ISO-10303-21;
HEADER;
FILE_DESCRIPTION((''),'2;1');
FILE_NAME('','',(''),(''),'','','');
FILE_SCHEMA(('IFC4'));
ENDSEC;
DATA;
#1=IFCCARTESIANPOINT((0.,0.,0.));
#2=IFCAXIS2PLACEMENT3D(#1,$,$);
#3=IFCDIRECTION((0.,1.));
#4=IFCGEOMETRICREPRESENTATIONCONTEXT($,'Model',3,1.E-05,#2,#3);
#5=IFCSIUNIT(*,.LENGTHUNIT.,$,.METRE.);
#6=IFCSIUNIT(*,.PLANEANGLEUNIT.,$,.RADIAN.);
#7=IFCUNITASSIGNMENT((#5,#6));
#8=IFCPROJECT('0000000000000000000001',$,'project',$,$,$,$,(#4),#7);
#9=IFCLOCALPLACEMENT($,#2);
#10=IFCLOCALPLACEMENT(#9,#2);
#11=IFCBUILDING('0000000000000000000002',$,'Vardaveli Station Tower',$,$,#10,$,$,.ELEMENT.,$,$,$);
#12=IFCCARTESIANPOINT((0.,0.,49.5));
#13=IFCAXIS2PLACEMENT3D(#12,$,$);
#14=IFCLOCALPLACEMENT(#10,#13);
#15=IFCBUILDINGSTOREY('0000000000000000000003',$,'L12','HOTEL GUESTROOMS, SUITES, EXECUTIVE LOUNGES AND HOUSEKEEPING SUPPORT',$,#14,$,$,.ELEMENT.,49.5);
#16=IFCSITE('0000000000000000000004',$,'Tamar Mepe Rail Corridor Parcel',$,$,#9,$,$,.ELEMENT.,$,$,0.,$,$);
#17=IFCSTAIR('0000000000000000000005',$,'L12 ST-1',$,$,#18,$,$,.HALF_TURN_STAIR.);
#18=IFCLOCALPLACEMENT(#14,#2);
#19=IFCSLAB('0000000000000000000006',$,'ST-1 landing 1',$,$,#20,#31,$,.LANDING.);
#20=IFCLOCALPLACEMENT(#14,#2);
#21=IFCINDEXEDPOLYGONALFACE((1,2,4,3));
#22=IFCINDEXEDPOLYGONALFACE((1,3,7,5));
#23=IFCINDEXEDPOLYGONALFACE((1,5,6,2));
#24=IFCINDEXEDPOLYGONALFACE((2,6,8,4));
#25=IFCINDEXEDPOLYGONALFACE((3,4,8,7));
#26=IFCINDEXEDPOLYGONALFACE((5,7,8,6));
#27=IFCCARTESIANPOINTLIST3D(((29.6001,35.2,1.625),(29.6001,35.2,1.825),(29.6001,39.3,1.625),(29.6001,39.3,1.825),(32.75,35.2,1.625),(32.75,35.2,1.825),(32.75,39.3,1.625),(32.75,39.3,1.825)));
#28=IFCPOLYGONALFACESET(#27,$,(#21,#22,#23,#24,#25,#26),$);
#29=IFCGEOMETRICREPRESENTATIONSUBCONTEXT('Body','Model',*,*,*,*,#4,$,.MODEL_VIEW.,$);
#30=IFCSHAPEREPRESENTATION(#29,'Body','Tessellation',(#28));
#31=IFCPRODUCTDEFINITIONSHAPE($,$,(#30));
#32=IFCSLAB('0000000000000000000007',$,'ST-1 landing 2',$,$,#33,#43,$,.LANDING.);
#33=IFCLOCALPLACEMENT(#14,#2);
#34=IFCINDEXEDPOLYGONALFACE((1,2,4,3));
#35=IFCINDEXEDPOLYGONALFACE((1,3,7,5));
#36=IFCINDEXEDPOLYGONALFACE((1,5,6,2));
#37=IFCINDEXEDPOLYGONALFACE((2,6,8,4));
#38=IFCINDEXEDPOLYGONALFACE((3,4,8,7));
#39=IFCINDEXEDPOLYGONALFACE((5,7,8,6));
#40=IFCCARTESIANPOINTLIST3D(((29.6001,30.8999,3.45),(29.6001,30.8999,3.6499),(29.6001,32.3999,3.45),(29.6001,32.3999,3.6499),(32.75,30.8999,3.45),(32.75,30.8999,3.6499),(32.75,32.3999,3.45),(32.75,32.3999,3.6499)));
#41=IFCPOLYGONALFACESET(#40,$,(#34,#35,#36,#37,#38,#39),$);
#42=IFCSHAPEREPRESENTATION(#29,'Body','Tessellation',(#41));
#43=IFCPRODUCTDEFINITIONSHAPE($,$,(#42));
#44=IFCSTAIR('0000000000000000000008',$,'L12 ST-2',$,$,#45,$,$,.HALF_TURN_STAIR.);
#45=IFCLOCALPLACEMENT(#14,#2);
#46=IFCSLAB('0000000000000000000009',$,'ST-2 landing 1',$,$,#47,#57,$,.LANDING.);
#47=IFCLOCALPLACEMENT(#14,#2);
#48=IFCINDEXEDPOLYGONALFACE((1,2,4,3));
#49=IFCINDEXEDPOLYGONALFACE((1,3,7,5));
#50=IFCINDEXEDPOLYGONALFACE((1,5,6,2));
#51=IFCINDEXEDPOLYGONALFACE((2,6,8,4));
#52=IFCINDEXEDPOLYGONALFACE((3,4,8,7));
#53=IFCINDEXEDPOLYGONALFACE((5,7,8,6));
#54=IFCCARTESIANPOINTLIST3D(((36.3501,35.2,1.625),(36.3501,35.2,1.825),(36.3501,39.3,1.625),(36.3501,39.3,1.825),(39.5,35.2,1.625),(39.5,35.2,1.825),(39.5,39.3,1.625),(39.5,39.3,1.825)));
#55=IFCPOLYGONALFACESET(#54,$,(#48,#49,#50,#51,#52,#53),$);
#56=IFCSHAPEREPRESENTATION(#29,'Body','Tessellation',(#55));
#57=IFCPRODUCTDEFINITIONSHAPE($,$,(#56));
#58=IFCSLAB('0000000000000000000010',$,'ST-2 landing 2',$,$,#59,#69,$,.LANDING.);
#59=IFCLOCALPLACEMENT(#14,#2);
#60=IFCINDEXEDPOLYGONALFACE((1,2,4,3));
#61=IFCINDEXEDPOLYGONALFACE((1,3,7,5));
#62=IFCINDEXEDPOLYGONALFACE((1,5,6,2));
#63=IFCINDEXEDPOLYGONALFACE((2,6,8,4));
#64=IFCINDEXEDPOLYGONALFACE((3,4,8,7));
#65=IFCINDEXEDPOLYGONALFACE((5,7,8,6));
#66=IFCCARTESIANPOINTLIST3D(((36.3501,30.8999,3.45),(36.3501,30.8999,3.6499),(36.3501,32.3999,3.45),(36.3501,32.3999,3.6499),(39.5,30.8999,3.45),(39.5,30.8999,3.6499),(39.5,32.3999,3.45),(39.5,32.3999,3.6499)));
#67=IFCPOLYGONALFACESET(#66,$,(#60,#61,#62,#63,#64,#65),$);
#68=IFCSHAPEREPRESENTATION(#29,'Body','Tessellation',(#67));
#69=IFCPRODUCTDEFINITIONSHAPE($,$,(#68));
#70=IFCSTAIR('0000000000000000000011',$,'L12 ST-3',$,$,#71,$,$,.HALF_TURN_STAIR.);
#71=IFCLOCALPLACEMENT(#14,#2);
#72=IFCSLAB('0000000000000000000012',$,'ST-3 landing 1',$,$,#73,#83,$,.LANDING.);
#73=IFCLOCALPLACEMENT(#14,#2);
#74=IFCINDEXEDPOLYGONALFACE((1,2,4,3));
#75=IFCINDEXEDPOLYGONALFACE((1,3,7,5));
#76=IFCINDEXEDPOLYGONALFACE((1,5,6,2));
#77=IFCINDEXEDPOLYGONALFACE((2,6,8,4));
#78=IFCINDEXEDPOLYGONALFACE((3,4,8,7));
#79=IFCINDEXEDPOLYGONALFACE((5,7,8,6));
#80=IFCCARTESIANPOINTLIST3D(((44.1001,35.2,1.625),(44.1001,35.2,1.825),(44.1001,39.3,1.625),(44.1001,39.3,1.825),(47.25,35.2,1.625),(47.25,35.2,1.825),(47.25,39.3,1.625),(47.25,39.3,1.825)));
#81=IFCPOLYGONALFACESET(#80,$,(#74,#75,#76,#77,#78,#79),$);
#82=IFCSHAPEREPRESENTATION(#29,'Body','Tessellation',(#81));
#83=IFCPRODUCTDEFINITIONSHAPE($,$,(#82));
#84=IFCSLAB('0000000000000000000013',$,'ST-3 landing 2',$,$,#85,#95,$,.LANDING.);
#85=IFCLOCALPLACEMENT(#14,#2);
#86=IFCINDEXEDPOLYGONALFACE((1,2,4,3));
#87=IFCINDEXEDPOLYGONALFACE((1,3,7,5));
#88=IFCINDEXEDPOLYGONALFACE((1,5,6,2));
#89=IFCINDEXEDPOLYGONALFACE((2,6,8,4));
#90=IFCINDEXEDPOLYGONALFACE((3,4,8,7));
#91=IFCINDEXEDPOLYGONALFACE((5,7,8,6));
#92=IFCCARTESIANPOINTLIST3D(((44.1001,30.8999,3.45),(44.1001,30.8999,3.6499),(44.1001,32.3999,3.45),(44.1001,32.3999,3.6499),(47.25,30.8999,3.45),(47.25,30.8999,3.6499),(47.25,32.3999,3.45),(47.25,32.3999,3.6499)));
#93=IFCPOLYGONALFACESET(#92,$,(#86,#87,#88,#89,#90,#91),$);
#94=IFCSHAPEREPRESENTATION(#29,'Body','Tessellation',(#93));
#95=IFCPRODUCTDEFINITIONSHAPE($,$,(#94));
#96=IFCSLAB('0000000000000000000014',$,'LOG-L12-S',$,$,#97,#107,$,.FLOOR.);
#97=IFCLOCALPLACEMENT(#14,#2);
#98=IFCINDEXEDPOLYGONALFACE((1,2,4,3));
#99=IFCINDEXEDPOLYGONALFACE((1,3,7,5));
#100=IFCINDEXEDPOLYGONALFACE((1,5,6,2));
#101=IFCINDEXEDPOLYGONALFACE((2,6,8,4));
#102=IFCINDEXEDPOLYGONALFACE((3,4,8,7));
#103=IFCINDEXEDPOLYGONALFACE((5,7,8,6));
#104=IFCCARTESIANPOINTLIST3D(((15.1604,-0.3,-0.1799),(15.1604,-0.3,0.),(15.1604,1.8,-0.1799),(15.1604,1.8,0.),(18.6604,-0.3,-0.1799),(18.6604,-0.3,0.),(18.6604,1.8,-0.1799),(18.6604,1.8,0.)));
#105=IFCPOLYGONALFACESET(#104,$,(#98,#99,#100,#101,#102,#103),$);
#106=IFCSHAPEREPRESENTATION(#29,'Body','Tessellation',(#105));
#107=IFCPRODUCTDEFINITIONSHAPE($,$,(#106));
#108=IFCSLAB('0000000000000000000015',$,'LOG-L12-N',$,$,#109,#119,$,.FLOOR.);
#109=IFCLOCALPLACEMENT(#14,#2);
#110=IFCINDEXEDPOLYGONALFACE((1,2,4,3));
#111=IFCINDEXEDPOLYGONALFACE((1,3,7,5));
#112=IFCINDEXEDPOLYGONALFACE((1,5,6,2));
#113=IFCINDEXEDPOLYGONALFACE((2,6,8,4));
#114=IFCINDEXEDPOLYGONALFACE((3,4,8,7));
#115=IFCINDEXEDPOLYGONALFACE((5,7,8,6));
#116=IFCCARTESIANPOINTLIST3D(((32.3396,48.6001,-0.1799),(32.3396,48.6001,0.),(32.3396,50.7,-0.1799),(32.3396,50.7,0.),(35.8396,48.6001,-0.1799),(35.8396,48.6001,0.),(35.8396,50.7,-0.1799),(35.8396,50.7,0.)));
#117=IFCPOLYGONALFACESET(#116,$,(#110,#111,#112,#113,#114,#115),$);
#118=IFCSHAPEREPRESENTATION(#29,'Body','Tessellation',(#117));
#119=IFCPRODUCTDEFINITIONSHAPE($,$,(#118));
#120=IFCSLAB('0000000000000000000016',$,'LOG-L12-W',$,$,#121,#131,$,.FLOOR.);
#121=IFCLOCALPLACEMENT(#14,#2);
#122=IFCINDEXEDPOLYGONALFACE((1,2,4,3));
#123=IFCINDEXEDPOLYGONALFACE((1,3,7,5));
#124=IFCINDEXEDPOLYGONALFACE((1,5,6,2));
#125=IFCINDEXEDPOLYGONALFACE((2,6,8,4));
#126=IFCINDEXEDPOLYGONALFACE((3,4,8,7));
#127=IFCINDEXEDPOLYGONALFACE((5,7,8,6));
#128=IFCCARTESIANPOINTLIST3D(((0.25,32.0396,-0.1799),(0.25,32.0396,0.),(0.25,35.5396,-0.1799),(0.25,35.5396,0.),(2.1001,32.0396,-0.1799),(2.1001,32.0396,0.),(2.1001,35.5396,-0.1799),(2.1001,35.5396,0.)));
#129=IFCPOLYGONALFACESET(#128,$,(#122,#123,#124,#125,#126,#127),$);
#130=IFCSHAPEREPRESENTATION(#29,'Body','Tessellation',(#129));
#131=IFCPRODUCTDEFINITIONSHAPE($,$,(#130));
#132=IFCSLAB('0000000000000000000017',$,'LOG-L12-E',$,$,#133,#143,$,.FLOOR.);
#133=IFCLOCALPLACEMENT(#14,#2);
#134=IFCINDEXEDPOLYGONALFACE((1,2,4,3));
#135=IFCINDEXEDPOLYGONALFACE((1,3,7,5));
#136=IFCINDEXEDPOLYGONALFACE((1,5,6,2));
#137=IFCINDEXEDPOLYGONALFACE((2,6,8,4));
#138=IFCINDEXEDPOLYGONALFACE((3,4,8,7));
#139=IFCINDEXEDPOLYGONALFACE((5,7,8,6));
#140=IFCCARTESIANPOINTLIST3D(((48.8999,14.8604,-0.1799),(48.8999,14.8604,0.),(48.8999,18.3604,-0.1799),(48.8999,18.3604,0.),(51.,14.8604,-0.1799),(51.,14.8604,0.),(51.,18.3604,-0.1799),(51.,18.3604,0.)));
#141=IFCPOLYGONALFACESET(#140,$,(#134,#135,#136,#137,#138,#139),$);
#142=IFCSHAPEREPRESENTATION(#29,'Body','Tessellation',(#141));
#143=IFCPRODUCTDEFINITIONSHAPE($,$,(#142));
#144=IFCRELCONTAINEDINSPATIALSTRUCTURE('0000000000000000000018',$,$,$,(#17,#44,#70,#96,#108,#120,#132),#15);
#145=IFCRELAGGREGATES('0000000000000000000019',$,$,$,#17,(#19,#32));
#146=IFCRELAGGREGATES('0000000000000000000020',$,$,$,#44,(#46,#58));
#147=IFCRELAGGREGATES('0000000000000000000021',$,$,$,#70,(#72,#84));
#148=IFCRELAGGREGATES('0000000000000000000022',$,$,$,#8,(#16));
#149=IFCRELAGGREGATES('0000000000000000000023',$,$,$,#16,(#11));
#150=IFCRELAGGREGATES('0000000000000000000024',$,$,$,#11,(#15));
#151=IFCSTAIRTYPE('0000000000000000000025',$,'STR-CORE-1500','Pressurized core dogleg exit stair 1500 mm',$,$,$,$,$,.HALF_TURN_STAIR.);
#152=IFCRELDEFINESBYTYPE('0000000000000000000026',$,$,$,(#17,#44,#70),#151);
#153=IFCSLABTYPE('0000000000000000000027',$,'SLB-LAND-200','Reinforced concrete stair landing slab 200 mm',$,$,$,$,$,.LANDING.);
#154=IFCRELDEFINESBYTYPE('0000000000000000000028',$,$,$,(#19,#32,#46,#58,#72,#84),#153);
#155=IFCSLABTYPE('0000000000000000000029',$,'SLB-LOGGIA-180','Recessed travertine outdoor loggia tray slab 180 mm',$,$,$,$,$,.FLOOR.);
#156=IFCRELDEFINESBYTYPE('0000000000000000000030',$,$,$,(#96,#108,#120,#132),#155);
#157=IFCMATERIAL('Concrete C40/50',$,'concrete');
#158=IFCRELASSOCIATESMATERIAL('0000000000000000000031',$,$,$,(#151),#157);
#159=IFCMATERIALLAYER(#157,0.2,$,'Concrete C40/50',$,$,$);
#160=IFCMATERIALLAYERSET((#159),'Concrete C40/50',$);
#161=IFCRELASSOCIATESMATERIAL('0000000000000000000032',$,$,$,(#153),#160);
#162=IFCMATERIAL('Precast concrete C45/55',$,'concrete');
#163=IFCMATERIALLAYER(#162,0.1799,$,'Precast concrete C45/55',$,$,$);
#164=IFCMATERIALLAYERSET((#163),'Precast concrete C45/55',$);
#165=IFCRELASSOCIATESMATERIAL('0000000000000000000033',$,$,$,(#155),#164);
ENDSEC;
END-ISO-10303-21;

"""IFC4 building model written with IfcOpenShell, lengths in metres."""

from ifc_helpers import new_model, si_unit, direction, frame, origin, place, context, subcontext, project, spatial, polyline, outline, extrude, material, layer, layer_set, type_object, element, aggregate, save


model = new_model("IFC4")

# Units and contexts
model_context = context("Model", 3, precision=1e-05, world=origin(), true_north=direction((0.0, 1.0)))
body_context = subcontext(model_context, "Body", "Model", "MODEL_VIEW")
ifc_project = project(units=[si_unit("LENGTHUNIT", "METRE"), si_unit("PLANEANGLEUNIT", "RADIAN")], contexts=[model_context])

# Site, building, storey
site_placement = place(None, origin())
site = spatial("IfcSite", under=ifc_project, at=site_placement, Name="Tamar Mepe Rail Corridor Parcel", CompositionType="ELEMENT", RefElevation=0.0)
building_placement = place(site_placement, origin())
building = spatial("IfcBuilding", under=site, at=building_placement, Name="Vardaveli Station Tower", CompositionType="ELEMENT")
storey_placement = place(building_placement, frame((0.0, 0.0, 49.5)))
storey = spatial("IfcBuildingStorey", under=building, at=storey_placement, Name="L12", Description="HOTEL GUESTROOMS, SUITES, EXECUTIVE LOUNGES AND HOUSEKEEPING SUPPORT", CompositionType="ELEMENT", Elevation=49.5)

# Stairs, slabs
ifc_material_1 = material(Name="Concrete C40/50", Category="concrete")
stair_type = type_object("IfcStairType", Name="STR-CORE-1500", Description="Pressurized core dogleg exit stair 1500 mm", PredefinedType="HALF_TURN_STAIR", material=ifc_material_1)
stair_1_placement = place(storey_placement, origin())
stair_1 = element("IfcStair", 1, at=stair_1_placement, inside=storey, type_object=stair_type, Name="L12 ST-1", PredefinedType="HALF_TURN_STAIR")
ifc_layer_1 = layer(ifc_material_1, 0.2, Name="Concrete C40/50")
ifc_layer_set_1 = layer_set([ifc_layer_1], Name="Concrete C40/50")
slab_type_1 = type_object("IfcSlabType", Name="SLB-LAND-200", Description="Reinforced concrete stair landing slab 200 mm", PredefinedType="LANDING", material=ifc_layer_set_1)
slab_1_placement = place(storey_placement, frame((0.0, 0.0, 1.625)))
slab_1 = element("IfcSlab", 2, at=slab_1_placement, type_object=slab_type_1, Name="ST-1 landing 1", PredefinedType="LANDING", context=body_context, shape_type="SweptSolid", body=[
    extrude(outline(polyline([(32.75, 35.2), (32.75, 39.3), (29.6001, 39.3), (29.6001, 35.2), (32.75, 35.2)])), origin(), (0.0, 0.0, 1.0), 0.2),
])
slab_2_placement = place(storey_placement, frame((0.0, 0.0, 3.45)))
slab_2 = element("IfcSlab", 3, at=slab_2_placement, type_object=slab_type_1, Name="ST-1 landing 2", PredefinedType="LANDING", context=body_context, shape_type="SweptSolid", body=[
    extrude(outline(polyline([(32.75, 30.8999), (32.75, 32.3999), (29.6001, 32.3999), (29.6001, 30.8999), (32.75, 30.8999)])), origin(), (0.0, 0.0, 1.0), 0.2),
])
aggregate(stair_1, [slab_1, slab_2])
stair_2_placement = place(storey_placement, origin())
stair_2 = element("IfcStair", 4, at=stair_2_placement, inside=storey, type_object=stair_type, Name="L12 ST-2", PredefinedType="HALF_TURN_STAIR")
slab_3_placement = place(storey_placement, frame((0.0, 0.0, 1.625)))
slab_3 = element("IfcSlab", 5, at=slab_3_placement, type_object=slab_type_1, Name="ST-2 landing 1", PredefinedType="LANDING", context=body_context, shape_type="SweptSolid", body=[
    extrude(outline(polyline([(39.5, 35.2), (39.5, 39.3), (36.3501, 39.3), (36.3501, 35.2), (39.5, 35.2)])), origin(), (0.0, 0.0, 1.0), 0.2),
])
slab_4_placement = place(storey_placement, frame((0.0, 0.0, 3.45)))
slab_4 = element("IfcSlab", 6, at=slab_4_placement, type_object=slab_type_1, Name="ST-2 landing 2", PredefinedType="LANDING", context=body_context, shape_type="SweptSolid", body=[
    extrude(outline(polyline([(39.5, 30.8999), (39.5, 32.3999), (36.3501, 32.3999), (36.3501, 30.8999), (39.5, 30.8999)])), origin(), (0.0, 0.0, 1.0), 0.2),
])
aggregate(stair_2, [slab_3, slab_4])
stair_3_placement = place(storey_placement, origin())
stair_3 = element("IfcStair", 7, at=stair_3_placement, inside=storey, type_object=stair_type, Name="L12 ST-3", PredefinedType="HALF_TURN_STAIR")
slab_5_placement = place(storey_placement, frame((0.0, 0.0, 1.625)))
slab_5 = element("IfcSlab", 8, at=slab_5_placement, type_object=slab_type_1, Name="ST-3 landing 1", PredefinedType="LANDING", context=body_context, shape_type="SweptSolid", body=[
    extrude(outline(polyline([(47.25, 35.2), (47.25, 39.3), (44.1001, 39.3), (44.1001, 35.2), (47.25, 35.2)])), origin(), (0.0, 0.0, 1.0), 0.2),
])
slab_6_placement = place(storey_placement, frame((0.0, 0.0, 3.45)))
slab_6 = element("IfcSlab", 9, at=slab_6_placement, type_object=slab_type_1, Name="ST-3 landing 2", PredefinedType="LANDING", context=body_context, shape_type="SweptSolid", body=[
    extrude(outline(polyline([(47.25, 30.8999), (47.25, 32.3999), (44.1001, 32.3999), (44.1001, 30.8999), (47.25, 30.8999)])), origin(), (0.0, 0.0, 1.0), 0.2),
])
aggregate(stair_3, [slab_5, slab_6])

# Slabs
ifc_material_2 = material(Name="Precast concrete C45/55", Category="concrete")
ifc_layer_2 = layer(ifc_material_2, 0.1799, Name="Precast concrete C45/55")
ifc_layer_set_2 = layer_set([ifc_layer_2], Name="Precast concrete C45/55")
slab_type_2 = type_object("IfcSlabType", Name="SLB-LOGGIA-180", Description="Recessed travertine outdoor loggia tray slab 180 mm", PredefinedType="FLOOR", material=ifc_layer_set_2)
slab_7_placement = place(storey_placement, frame((0.0, 0.0, -0.1799)))
element("IfcSlab", 10, at=slab_7_placement, inside=storey, type_object=slab_type_2, Name="LOG-L12-S", PredefinedType="FLOOR", context=body_context, shape_type="SweptSolid", body=[
    extrude(outline(polyline([(15.1604, -0.3), (18.6604, -0.3), (18.6604, 1.8), (15.1604, 1.8), (15.1604, -0.3)])), origin(), (0.0, 0.0, 1.0), 0.1799),
])
slab_8_placement = place(storey_placement, frame((0.0, 0.0, -0.1799)))
element("IfcSlab", 11, at=slab_8_placement, inside=storey, type_object=slab_type_2, Name="LOG-L12-N", PredefinedType="FLOOR", context=body_context, shape_type="SweptSolid", body=[
    extrude(outline(polyline([(32.3396, 48.6001), (35.8396, 48.6001), (35.8396, 50.7), (32.3396, 50.7), (32.3396, 48.6001)])), origin(), (0.0, 0.0, 1.0), 0.1799),
])
slab_9_placement = place(storey_placement, frame((0.0, 0.0, -0.1799)))
element("IfcSlab", 12, at=slab_9_placement, inside=storey, type_object=slab_type_2, Name="LOG-L12-W", PredefinedType="FLOOR", context=body_context, shape_type="SweptSolid", body=[
    extrude(outline(polyline([(0.25, 32.0396), (2.1001, 32.0396), (2.1001, 35.5396), (0.25, 35.5396), (0.25, 32.0396)])), origin(), (0.0, 0.0, 1.0), 0.1799),
])
slab_10_placement = place(storey_placement, frame((0.0, 0.0, -0.1799)))
element("IfcSlab", 13, at=slab_10_placement, inside=storey, type_object=slab_type_2, Name="LOG-L12-E", PredefinedType="FLOOR", context=body_context, shape_type="SweptSolid", body=[
    extrude(outline(polyline([(48.8999, 14.8604), (51.0, 14.8604), (51.0, 18.3604), (48.8999, 18.3604), (48.8999, 14.8604)])), origin(), (0.0, 0.0, 1.0), 0.1799),
])

save(model, "model.ifc")
